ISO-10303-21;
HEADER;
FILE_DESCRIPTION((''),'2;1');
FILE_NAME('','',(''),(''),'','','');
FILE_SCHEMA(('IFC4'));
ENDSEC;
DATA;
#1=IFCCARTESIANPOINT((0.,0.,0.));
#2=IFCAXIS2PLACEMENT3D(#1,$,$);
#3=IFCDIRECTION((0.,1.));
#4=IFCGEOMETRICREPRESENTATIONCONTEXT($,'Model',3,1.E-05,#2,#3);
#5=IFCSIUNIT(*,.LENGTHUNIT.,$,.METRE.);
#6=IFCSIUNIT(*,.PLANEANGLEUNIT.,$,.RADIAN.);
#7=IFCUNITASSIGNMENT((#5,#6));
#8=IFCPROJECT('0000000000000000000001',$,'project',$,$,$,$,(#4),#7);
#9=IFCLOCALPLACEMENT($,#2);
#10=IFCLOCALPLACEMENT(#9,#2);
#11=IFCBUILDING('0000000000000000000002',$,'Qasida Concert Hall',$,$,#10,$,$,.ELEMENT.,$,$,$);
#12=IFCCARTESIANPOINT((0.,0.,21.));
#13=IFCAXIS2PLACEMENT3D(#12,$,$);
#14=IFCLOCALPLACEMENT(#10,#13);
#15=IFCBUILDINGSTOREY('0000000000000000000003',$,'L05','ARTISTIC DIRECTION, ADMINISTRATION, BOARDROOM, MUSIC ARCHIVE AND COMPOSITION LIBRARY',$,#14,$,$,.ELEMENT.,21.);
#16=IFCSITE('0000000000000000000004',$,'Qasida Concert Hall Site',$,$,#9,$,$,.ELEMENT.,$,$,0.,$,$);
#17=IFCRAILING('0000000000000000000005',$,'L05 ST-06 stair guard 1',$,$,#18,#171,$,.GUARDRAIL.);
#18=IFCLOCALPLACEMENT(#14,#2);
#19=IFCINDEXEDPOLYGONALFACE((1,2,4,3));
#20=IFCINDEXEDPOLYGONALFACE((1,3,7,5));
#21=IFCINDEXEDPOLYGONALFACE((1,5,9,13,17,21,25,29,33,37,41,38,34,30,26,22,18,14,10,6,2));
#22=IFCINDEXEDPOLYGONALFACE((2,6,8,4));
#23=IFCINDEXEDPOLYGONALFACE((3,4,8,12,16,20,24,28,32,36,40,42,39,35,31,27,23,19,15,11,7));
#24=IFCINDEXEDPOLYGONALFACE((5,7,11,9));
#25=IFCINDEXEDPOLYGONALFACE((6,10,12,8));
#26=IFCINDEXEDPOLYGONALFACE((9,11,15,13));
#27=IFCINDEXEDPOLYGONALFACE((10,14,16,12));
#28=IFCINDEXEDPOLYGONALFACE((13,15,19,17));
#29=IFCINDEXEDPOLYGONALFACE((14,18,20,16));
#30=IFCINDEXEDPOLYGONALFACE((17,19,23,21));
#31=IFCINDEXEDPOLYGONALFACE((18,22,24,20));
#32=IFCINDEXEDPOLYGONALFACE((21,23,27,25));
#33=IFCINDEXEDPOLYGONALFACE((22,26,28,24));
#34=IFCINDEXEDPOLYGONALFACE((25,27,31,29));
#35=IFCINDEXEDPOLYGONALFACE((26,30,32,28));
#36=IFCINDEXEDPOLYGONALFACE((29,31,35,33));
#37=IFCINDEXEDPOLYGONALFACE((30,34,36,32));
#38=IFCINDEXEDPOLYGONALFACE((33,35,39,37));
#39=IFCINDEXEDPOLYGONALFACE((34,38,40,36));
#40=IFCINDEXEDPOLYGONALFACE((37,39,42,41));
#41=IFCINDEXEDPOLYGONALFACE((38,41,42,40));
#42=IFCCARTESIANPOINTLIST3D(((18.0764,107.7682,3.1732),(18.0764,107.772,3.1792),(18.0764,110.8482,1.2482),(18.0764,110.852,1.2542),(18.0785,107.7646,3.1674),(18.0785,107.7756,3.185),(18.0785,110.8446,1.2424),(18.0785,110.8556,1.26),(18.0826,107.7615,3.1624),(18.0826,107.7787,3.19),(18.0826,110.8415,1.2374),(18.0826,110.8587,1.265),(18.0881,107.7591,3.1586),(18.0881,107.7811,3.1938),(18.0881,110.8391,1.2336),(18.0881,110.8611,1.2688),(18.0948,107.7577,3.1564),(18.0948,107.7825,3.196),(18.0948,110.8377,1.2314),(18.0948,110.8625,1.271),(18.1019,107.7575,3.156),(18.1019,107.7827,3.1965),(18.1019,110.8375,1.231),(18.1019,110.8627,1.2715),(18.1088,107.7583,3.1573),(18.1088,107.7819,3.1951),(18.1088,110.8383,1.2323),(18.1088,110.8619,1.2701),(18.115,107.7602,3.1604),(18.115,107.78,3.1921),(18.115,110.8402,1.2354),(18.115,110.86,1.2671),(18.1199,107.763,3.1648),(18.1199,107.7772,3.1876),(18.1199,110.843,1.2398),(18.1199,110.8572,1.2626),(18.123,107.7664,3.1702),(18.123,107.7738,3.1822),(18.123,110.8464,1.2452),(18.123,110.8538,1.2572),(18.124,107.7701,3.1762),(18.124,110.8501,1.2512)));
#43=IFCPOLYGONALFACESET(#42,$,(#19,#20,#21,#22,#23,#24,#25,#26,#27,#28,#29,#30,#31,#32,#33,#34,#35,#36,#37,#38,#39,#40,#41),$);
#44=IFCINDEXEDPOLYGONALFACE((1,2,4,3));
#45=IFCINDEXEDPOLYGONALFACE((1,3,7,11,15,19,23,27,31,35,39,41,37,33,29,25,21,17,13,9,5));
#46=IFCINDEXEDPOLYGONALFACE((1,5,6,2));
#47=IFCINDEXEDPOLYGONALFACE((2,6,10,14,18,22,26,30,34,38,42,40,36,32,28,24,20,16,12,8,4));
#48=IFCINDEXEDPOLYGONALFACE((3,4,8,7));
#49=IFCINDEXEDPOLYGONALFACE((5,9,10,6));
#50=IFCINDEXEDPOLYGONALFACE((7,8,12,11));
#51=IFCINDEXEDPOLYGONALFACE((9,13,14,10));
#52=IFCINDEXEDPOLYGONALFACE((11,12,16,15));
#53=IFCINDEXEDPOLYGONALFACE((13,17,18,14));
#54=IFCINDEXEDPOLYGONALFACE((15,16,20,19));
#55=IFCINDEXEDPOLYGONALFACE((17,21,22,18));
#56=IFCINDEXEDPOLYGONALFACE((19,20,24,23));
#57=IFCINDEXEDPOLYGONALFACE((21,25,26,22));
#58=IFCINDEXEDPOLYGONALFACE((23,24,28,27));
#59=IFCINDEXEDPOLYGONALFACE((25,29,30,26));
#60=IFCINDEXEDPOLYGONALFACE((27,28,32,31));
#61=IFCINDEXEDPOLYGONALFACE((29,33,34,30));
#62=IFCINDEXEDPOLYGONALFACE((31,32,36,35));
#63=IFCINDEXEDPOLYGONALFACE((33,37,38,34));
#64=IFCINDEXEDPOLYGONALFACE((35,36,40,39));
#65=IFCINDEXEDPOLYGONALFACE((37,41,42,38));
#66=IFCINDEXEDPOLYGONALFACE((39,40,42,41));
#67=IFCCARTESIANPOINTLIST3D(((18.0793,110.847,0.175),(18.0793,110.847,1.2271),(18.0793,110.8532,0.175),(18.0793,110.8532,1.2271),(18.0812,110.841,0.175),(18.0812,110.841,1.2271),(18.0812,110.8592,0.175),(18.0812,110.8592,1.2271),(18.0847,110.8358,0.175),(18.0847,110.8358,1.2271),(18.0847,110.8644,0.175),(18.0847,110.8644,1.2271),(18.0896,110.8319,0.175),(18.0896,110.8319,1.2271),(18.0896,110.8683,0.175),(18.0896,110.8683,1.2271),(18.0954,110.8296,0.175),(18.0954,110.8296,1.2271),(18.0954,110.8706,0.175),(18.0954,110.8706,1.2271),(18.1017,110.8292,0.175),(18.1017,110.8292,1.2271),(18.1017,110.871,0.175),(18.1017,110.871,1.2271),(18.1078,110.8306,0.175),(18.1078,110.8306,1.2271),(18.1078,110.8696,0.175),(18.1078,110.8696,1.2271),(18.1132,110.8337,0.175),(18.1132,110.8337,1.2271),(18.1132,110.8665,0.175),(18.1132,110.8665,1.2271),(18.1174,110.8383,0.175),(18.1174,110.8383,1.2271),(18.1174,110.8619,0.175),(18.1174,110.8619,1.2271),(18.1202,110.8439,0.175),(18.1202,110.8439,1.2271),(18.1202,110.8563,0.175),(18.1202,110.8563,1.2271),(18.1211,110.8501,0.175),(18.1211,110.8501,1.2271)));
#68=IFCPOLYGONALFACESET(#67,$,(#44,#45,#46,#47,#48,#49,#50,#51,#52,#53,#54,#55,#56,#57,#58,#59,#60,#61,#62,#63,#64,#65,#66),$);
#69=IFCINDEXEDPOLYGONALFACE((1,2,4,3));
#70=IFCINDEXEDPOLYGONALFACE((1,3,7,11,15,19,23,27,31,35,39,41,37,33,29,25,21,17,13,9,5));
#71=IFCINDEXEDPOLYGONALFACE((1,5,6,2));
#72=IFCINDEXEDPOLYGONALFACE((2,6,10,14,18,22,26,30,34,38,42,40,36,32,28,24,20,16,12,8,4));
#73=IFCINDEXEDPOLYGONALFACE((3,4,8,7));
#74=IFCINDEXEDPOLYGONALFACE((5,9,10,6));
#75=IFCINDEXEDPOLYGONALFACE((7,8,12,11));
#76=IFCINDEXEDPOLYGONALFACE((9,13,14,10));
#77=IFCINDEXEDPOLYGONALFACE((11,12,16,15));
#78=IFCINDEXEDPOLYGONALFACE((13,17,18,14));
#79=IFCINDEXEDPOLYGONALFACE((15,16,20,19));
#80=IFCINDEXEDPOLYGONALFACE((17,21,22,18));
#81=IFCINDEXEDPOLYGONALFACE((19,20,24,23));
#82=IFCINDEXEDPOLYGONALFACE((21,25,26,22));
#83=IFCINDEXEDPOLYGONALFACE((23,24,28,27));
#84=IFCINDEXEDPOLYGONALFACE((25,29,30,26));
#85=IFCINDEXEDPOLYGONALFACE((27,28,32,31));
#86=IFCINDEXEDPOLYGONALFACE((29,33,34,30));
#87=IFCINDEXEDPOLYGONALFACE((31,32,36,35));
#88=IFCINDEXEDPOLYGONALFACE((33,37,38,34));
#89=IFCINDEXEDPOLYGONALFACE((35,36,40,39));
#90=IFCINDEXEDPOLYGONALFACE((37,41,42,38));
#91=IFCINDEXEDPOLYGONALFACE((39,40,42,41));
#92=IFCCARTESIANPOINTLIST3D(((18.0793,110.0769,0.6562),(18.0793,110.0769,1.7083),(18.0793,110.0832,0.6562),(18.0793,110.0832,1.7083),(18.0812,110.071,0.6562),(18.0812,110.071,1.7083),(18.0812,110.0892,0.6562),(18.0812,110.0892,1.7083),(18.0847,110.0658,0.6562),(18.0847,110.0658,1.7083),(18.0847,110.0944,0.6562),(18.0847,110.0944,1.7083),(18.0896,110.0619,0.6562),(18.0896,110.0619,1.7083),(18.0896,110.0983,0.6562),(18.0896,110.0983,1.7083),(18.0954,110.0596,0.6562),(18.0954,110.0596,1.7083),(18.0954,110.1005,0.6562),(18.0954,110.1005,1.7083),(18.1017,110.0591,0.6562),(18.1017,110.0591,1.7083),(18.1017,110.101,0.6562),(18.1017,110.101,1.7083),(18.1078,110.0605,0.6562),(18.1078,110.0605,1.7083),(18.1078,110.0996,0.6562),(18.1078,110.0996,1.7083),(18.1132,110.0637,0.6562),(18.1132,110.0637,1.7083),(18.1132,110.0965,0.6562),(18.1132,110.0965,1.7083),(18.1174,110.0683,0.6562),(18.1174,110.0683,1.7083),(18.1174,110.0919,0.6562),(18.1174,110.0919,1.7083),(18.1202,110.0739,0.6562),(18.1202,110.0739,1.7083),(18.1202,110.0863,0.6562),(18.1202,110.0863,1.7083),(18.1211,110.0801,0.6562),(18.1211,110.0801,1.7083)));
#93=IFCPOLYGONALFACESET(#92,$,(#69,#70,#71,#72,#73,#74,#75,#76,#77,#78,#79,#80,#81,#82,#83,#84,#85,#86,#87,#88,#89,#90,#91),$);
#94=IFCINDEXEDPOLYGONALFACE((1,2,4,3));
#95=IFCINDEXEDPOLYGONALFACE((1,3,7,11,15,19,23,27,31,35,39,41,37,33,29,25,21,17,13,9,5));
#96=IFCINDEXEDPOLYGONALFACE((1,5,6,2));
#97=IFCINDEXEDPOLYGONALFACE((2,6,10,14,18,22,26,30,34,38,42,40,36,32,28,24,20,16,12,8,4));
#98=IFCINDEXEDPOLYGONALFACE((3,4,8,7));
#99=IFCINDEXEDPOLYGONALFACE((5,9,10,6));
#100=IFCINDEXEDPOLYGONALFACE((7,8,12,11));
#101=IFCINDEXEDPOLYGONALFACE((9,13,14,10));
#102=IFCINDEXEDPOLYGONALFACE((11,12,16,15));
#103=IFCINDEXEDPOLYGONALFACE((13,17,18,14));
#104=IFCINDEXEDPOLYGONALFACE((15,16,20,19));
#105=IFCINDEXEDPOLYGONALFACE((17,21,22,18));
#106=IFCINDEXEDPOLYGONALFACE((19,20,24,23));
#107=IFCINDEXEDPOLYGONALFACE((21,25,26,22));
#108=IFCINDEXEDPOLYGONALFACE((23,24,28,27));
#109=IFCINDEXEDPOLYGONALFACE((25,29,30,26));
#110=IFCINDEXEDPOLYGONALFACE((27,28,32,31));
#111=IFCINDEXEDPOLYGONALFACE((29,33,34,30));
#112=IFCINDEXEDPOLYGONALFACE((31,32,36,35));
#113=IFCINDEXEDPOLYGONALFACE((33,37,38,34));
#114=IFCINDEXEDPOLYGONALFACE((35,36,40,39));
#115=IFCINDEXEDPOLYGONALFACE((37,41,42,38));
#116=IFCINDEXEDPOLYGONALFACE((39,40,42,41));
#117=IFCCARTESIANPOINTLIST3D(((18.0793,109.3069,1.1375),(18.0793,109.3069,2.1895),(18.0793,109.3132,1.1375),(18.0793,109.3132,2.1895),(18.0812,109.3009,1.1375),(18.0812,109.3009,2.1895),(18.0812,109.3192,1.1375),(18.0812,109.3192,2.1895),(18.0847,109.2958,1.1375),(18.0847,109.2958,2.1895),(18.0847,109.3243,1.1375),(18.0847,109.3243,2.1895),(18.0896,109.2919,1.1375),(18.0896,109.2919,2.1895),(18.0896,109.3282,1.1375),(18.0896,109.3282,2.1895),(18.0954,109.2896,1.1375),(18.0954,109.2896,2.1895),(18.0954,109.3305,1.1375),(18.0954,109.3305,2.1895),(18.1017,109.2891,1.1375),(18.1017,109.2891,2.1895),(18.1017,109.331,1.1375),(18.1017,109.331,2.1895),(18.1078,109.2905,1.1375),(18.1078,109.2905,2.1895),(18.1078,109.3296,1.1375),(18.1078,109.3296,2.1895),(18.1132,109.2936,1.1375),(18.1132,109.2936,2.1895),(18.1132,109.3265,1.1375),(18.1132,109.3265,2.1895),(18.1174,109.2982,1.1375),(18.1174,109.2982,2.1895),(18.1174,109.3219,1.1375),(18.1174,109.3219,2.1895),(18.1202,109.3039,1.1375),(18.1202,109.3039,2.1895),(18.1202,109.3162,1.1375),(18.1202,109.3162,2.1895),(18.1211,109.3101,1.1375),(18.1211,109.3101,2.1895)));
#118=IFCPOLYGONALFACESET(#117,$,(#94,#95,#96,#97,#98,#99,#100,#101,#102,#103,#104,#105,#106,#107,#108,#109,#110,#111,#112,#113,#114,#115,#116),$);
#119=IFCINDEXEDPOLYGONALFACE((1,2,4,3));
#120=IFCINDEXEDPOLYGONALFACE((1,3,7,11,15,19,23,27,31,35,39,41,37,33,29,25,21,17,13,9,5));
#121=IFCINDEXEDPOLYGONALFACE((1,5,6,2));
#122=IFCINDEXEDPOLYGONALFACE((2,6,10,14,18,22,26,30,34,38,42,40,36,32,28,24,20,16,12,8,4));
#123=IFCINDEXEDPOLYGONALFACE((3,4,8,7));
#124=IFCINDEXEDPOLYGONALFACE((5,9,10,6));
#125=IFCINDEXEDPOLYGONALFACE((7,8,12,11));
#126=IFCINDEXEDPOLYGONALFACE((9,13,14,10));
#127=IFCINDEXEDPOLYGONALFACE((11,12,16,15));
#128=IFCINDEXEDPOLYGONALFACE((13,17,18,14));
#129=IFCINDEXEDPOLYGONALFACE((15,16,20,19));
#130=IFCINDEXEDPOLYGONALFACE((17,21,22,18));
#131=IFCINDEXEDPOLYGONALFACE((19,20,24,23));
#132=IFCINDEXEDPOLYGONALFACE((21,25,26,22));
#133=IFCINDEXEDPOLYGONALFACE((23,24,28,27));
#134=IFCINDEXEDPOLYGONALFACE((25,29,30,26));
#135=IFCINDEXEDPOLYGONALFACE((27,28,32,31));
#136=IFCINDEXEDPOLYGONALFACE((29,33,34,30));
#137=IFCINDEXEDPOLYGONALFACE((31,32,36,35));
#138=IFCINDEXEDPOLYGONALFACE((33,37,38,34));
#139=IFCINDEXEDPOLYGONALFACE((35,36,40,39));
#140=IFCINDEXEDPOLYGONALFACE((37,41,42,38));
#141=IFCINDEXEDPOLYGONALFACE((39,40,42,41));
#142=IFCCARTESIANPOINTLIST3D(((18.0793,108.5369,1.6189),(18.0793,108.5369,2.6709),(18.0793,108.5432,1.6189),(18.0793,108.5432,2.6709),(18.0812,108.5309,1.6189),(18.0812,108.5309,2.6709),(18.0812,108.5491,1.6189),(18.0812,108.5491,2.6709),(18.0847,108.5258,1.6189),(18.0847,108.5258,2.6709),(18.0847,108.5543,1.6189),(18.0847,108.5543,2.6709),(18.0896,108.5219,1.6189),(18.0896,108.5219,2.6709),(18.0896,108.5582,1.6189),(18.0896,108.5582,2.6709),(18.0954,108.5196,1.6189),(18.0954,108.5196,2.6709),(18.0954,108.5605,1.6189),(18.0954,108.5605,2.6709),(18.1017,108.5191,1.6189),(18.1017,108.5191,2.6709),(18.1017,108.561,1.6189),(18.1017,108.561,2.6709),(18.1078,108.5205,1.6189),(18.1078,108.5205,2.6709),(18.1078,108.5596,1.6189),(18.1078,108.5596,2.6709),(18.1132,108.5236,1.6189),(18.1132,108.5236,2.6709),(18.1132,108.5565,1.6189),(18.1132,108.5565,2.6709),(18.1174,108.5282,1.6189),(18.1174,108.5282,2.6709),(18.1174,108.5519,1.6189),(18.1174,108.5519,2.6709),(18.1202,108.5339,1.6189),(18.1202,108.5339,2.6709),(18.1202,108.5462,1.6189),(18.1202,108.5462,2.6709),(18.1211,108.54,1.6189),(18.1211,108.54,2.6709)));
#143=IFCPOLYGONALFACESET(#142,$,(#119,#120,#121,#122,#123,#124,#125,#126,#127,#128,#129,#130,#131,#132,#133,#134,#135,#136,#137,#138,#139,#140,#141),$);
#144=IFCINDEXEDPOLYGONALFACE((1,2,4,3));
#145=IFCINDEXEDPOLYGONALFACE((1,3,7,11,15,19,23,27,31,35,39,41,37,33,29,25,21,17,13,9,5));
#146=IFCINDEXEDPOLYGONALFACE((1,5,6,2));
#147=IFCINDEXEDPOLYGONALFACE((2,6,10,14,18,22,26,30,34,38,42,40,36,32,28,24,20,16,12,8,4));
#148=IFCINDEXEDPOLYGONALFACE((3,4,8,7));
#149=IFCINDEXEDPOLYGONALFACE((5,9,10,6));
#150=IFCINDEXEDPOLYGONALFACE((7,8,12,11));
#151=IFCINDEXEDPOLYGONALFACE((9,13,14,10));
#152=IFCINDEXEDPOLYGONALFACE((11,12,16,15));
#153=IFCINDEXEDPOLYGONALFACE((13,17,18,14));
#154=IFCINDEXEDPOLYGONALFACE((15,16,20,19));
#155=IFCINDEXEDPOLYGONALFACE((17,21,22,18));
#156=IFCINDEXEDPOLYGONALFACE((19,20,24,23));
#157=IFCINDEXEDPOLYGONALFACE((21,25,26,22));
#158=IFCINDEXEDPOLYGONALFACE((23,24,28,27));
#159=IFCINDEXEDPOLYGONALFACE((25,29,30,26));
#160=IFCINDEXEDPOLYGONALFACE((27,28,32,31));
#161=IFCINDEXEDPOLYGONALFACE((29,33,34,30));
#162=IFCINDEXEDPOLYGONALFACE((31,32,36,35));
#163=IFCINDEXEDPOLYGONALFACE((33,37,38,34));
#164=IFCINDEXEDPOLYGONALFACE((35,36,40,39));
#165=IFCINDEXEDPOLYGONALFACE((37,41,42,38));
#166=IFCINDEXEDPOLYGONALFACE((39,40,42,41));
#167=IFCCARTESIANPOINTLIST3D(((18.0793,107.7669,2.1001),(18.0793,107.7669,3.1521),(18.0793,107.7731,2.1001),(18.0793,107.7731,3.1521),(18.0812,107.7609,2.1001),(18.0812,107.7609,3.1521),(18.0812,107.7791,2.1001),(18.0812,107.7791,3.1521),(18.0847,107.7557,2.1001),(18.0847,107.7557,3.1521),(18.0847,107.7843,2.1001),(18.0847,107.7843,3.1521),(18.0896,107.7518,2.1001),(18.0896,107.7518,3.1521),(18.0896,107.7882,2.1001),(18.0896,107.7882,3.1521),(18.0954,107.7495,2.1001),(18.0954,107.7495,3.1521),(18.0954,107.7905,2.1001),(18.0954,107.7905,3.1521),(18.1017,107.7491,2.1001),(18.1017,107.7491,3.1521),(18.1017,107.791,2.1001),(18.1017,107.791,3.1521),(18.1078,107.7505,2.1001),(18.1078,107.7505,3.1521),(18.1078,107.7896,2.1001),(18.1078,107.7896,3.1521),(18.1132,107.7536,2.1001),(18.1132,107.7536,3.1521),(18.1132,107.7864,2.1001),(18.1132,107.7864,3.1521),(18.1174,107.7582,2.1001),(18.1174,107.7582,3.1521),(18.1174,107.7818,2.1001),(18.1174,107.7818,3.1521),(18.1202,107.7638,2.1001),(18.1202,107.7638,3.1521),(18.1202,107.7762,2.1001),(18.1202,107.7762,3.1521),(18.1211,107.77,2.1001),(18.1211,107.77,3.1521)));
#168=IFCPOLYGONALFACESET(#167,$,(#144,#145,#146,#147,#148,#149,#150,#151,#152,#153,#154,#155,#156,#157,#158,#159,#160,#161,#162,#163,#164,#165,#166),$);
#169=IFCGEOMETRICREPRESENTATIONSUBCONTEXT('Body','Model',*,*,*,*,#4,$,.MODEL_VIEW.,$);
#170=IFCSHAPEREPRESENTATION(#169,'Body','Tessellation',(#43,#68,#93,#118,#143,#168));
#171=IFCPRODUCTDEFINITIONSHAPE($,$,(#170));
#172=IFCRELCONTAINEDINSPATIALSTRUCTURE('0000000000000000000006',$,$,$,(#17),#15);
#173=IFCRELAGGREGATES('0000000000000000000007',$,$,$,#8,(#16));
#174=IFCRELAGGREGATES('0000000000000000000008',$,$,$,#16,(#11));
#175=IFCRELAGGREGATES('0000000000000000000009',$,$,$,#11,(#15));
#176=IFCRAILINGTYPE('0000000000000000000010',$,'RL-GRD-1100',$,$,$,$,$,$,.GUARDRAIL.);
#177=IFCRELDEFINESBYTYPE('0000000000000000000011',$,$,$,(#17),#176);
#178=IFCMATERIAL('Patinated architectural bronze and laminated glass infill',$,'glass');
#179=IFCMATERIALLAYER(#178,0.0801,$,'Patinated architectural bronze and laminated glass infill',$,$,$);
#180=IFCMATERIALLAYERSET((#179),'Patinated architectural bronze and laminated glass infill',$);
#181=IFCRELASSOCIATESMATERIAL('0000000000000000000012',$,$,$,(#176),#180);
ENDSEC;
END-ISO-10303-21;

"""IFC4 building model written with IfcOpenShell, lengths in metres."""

from ifc_helpers import new_model, si_unit, direction, frame, origin, origin_2d, place, context, subcontext, project, spatial, circle, extrude, material, layer, layer_set, type_object, element, save


model = new_model("IFC4")

# Units and contexts
model_context = context("Model", 3, precision=1e-05, world=origin(), true_north=direction((0.0, 1.0)))
body_context = subcontext(model_context, "Body", "Model", "MODEL_VIEW")
ifc_project = project(units=[si_unit("LENGTHUNIT", "METRE"), si_unit("PLANEANGLEUNIT", "RADIAN")], contexts=[model_context])

# Site, building, storey
site_placement = place(None, origin())
site = spatial("IfcSite", under=ifc_project, at=site_placement, Name="Qasida Concert Hall Site", CompositionType="ELEMENT", RefElevation=0.0)
building_placement = place(site_placement, origin())
building = spatial("IfcBuilding", under=site, at=building_placement, Name="Qasida Concert Hall", CompositionType="ELEMENT")
storey_placement = place(building_placement, frame((0.0, 0.0, 21.0)))
storey = spatial("IfcBuildingStorey", under=building, at=storey_placement, Name="L05", Description="ARTISTIC DIRECTION, ADMINISTRATION, BOARDROOM, MUSIC ARCHIVE AND COMPOSITION LIBRARY", CompositionType="ELEMENT", Elevation=21.0)

# Railing
ifc_material_1 = material(Name="Patinated architectural bronze and laminated glass infill", Category="glass")
ifc_layer_1 = layer(ifc_material_1, 0.0801, Name="Patinated architectural bronze and laminated glass infill")
ifc_layer_set_1 = layer_set([ifc_layer_1], Name="Patinated architectural bronze and laminated glass infill")
railing_type_1 = type_object("IfcRailingType", Name="RL-GRD-1100", PredefinedType="GUARDRAIL", material=ifc_layer_set_1)
railing_1_placement = place(storey_placement, frame((18.1001, 110.8501, 0.175)))
element("IfcRailing", 1, at=railing_1_placement, inside=storey, type_object=railing_type_1, Name="L05 ST-06 stair guard 1", PredefinedType="GUARDRAIL", context=body_context, shape_type="SweptSolid", body=[
    extrude(circle(Radius=0.0239, at=origin_2d()), frame((0.0, 0.0, 1.0762), z_axis=(0.0, -0.847998, 0.529999), x_axis=(1.0, 0.0, 0.0)), (0.0, 0.0, 1.0), 3.6321),
    extrude(circle(Radius=0.021, at=origin_2d()), origin(), (0.0, 0.0, 1.0), 1.052),
    extrude(circle(Radius=0.021, at=origin_2d()), frame((0.0, -0.77, 0.4812)), (0.0, 0.0, 1.0), 1.052),
    extrude(circle(Radius=0.021, at=origin_2d()), frame((0.0, -1.54, 0.9624)), (0.0, 0.0, 1.0), 1.052),
    extrude(circle(Radius=0.021, at=origin_2d()), frame((0.0, -2.3101, 1.4438)), (0.0, 0.0, 1.0), 1.052),
    extrude(circle(Radius=0.021, at=origin_2d()), frame((0.0, -3.0801, 1.925)), (0.0, 0.0, 1.0), 1.052),
])

save(model, "model.ifc")
